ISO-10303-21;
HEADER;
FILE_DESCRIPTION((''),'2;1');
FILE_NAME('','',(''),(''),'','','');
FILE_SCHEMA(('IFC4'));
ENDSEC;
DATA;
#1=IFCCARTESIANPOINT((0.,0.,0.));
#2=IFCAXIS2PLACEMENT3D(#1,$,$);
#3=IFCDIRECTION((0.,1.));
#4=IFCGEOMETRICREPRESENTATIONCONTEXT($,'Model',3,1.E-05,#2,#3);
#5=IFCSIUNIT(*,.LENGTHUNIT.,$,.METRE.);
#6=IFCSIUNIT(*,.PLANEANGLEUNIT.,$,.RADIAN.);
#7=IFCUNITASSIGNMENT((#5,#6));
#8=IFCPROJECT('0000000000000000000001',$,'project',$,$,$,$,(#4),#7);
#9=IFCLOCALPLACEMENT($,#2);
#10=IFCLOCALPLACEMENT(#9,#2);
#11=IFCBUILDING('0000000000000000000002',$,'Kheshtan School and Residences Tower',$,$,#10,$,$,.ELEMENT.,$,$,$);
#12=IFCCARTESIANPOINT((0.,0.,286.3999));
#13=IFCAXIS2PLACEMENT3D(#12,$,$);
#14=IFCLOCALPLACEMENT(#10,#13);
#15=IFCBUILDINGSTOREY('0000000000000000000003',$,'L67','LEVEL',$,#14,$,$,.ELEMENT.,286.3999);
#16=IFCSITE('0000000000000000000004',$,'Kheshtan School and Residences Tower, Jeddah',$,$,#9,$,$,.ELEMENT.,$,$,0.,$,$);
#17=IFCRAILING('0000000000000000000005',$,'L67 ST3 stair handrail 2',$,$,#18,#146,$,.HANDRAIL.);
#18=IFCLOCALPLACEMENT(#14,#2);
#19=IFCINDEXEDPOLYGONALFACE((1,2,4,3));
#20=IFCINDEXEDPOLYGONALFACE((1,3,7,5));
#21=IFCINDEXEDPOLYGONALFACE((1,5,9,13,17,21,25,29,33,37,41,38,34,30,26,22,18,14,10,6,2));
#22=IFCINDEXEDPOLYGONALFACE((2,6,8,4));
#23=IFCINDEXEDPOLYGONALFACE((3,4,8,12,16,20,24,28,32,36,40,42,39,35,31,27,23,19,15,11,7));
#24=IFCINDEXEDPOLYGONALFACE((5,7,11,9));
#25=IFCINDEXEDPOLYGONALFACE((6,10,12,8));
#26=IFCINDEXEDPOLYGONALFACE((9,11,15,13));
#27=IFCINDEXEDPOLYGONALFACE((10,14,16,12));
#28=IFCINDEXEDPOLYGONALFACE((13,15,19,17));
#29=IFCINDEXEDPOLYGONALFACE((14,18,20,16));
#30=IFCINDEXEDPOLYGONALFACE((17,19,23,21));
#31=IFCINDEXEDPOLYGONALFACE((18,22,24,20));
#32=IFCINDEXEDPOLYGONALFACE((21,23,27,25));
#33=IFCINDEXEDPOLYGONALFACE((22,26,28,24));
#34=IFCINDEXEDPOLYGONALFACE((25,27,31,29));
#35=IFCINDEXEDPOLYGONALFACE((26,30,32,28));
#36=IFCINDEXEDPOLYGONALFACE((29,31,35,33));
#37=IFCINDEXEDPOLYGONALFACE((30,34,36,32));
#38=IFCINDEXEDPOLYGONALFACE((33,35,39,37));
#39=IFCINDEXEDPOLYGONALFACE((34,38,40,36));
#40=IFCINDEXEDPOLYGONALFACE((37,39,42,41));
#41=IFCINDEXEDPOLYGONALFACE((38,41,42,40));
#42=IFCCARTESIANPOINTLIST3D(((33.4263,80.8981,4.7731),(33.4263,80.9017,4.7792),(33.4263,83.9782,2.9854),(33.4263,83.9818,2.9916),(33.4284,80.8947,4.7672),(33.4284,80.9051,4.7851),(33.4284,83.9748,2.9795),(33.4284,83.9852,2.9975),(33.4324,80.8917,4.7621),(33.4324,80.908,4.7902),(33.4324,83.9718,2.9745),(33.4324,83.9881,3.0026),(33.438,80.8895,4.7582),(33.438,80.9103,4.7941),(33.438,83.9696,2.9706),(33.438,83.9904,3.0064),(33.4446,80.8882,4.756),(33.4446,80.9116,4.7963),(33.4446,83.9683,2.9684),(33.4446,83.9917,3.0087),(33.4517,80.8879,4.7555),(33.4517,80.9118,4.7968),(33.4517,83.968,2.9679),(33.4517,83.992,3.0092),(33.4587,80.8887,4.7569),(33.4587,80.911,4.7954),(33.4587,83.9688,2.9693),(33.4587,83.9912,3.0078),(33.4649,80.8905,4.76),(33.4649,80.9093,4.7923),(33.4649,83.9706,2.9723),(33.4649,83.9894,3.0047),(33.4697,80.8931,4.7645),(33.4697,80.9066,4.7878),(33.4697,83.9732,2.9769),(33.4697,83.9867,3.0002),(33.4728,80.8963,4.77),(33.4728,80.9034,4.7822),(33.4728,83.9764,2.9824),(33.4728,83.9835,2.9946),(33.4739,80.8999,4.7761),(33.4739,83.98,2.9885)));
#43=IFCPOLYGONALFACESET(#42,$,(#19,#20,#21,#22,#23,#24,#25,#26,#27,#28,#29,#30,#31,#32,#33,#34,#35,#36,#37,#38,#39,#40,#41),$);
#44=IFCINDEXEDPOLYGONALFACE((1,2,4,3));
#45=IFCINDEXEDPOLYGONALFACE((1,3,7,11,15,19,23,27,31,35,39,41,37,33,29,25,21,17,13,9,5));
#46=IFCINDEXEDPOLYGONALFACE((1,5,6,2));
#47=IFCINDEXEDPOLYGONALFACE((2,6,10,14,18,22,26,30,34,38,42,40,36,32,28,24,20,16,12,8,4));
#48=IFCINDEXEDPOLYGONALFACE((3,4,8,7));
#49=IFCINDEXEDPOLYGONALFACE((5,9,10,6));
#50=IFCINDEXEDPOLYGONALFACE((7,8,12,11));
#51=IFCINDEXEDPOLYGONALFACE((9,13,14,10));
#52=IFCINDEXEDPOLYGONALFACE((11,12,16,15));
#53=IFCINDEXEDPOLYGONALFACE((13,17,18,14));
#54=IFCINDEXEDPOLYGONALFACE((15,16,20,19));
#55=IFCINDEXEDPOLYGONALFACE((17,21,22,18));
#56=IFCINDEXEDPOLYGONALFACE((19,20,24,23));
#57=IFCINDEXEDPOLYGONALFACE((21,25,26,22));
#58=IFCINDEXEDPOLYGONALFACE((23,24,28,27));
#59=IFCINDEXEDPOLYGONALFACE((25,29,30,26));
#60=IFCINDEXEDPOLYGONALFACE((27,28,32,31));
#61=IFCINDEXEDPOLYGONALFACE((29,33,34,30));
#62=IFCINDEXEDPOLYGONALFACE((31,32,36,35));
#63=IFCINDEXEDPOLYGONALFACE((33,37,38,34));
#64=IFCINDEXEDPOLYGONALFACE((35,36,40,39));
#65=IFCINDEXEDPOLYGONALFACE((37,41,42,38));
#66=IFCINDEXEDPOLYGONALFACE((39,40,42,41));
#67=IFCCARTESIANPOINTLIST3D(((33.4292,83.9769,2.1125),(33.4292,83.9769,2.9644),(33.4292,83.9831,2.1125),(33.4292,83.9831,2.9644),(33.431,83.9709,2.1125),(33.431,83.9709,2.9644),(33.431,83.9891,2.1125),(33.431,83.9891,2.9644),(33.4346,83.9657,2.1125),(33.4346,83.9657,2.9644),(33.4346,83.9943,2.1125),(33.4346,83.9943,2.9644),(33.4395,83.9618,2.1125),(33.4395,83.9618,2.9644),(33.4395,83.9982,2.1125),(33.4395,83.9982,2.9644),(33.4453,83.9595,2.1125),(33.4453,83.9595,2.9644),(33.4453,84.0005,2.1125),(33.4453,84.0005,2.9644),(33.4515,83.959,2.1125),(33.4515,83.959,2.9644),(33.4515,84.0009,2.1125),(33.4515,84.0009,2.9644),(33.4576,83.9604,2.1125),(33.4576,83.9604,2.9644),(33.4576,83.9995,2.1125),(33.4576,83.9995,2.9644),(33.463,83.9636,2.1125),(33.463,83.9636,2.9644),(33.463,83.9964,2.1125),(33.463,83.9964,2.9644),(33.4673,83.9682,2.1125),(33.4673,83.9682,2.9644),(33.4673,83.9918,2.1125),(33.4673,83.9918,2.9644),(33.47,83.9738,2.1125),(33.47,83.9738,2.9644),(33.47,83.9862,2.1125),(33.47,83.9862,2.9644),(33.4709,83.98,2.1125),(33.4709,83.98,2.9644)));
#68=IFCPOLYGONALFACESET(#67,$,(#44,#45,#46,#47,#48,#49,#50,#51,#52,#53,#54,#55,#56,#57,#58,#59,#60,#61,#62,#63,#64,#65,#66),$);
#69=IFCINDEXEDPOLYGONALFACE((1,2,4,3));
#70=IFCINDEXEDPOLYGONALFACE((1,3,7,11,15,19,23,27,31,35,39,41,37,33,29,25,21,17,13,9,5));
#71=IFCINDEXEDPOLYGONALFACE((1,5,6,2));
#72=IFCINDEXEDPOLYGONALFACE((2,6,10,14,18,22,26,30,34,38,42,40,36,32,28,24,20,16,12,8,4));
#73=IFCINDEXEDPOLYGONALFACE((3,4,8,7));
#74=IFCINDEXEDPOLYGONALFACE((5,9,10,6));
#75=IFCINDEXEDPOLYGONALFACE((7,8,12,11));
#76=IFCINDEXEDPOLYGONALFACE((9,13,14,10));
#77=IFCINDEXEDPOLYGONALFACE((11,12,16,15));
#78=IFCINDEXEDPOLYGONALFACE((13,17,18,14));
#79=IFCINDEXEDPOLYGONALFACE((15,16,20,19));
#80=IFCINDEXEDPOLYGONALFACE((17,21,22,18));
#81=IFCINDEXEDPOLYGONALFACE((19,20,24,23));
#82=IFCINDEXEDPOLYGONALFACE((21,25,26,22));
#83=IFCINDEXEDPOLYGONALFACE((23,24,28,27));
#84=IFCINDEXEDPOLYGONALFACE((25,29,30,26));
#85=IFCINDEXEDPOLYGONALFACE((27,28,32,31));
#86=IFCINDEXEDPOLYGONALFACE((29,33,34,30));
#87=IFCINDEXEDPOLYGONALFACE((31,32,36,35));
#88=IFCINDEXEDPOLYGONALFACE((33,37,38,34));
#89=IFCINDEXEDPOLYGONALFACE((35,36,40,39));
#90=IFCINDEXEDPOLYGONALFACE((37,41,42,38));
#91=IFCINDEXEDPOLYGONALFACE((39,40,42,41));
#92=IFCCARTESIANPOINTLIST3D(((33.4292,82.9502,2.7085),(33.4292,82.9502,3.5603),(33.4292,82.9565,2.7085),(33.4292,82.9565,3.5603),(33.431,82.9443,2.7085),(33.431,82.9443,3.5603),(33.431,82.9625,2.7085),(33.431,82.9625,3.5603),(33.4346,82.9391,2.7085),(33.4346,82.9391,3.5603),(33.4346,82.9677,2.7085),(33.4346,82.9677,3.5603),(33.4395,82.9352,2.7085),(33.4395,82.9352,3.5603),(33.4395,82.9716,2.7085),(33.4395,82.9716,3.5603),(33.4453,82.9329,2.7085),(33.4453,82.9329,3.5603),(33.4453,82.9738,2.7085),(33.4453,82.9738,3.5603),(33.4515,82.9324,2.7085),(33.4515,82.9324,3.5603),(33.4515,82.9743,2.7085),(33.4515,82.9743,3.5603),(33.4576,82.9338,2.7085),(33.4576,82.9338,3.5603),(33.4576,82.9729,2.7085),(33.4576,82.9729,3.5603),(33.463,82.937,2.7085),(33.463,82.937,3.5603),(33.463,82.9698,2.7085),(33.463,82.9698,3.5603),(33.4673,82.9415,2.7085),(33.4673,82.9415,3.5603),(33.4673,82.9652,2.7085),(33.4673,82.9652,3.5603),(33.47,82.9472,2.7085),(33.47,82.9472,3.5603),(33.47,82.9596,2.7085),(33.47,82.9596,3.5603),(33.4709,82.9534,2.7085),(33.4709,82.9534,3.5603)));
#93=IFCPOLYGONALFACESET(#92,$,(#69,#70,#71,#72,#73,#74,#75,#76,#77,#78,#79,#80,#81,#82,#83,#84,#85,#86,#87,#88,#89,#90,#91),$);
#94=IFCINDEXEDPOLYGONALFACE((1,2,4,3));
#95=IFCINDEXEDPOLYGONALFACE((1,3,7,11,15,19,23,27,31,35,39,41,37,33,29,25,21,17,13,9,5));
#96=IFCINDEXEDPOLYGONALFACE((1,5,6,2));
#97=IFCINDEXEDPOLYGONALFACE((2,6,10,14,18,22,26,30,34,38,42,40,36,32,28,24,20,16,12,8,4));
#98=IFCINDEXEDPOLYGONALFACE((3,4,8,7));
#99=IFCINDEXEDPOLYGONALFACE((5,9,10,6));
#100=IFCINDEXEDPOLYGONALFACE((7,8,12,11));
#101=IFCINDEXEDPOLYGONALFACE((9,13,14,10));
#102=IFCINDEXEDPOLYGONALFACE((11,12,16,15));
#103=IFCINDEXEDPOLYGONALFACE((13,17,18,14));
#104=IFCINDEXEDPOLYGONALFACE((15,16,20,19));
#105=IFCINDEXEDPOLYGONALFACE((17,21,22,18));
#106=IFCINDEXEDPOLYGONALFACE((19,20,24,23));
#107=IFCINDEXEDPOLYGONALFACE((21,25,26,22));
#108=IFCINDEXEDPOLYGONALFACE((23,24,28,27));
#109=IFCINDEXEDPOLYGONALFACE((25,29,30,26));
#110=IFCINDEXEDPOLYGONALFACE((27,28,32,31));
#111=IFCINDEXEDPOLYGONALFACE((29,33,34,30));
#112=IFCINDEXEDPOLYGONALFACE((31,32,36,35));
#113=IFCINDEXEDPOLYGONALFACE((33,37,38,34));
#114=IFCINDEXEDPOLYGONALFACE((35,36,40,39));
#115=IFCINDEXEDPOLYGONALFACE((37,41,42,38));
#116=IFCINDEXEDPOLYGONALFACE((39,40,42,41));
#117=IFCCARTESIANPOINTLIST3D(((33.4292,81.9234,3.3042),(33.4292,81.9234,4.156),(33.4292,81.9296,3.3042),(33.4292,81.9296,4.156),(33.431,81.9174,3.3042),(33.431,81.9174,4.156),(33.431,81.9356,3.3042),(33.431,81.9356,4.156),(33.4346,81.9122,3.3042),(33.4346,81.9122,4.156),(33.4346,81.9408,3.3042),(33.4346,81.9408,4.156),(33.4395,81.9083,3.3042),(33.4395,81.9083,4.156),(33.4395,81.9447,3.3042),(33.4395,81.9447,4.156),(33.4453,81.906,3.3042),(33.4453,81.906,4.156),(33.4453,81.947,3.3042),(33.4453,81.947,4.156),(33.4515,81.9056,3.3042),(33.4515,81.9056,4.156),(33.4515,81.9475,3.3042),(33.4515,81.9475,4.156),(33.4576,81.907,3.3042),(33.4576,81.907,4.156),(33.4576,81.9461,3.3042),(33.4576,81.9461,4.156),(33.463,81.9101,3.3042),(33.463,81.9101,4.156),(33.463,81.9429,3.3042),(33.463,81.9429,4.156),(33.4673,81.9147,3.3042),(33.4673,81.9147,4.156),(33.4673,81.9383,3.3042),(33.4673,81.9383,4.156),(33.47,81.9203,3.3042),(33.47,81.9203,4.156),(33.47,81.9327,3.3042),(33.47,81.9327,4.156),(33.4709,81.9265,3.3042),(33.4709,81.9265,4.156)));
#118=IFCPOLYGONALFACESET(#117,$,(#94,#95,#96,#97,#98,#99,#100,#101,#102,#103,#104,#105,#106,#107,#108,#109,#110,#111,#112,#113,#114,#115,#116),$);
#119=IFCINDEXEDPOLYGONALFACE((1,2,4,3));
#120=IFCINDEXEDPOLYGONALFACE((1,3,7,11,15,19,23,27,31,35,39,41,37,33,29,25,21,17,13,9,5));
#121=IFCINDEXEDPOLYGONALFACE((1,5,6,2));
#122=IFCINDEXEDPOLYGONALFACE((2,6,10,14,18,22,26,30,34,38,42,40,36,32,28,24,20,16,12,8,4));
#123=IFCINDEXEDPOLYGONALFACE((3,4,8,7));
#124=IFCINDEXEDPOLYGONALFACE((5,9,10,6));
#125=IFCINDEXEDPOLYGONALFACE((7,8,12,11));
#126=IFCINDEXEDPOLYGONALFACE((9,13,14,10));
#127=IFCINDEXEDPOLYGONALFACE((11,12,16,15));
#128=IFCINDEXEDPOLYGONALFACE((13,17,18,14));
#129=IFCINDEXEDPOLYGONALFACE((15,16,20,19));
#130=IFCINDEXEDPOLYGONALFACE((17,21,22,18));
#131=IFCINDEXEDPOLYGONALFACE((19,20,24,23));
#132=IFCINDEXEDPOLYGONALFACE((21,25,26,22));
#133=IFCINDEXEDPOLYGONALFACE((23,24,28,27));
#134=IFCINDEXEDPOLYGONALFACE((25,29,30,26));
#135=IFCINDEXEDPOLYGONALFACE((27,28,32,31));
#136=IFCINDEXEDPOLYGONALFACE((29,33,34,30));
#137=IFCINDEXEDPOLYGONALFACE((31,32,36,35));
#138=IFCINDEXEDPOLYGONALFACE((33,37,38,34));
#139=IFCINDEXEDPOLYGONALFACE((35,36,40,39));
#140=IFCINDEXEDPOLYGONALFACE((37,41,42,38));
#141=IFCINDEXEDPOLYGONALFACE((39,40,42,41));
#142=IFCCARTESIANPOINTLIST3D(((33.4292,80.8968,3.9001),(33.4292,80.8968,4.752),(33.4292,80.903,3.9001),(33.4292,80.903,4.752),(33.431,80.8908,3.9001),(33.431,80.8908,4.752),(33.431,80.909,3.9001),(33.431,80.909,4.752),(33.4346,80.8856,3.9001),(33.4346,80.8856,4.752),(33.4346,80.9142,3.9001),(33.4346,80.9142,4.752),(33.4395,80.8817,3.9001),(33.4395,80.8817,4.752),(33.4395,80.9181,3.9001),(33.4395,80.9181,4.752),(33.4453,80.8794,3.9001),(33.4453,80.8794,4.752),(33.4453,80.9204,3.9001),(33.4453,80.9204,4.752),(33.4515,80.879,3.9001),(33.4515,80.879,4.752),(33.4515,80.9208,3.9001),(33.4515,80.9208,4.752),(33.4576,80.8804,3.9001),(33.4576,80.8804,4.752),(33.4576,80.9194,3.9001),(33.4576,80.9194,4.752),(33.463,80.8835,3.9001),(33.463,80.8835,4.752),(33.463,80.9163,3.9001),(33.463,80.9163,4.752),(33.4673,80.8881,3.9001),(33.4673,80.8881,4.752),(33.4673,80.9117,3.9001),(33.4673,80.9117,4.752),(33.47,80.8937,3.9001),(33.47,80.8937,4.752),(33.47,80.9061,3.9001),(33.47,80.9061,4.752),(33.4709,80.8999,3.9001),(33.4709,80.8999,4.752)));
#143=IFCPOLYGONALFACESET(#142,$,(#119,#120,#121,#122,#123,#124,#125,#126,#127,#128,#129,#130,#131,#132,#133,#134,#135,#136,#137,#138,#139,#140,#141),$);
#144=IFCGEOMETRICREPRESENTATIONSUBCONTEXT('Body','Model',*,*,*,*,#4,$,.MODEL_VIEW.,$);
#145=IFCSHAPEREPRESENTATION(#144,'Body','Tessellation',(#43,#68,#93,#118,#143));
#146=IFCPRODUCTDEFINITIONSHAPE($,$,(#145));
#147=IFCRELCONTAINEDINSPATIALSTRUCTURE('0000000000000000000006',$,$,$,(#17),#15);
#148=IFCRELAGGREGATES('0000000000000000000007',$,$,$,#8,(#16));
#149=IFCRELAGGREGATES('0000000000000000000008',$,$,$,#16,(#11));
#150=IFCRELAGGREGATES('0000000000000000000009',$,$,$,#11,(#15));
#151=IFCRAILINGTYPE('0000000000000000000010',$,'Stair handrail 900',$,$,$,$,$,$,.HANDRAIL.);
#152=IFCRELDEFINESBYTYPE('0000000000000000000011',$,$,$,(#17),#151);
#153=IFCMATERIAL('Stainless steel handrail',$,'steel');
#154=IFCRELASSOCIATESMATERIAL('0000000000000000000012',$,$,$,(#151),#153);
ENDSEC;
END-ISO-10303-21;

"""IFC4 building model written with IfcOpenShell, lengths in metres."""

from ifc_helpers import new_model, si_unit, direction, frame, origin, origin_2d, place, context, subcontext, project, spatial, circle, extrude, material, type_object, element, save


model = new_model("IFC4")

# Units and contexts
model_context = context("Model", 3, precision=1e-05, world=origin(), true_north=direction((0.0, 1.0)))
body_context = subcontext(model_context, "Body", "Model", "MODEL_VIEW")
ifc_project = project(units=[si_unit("LENGTHUNIT", "METRE"), si_unit("PLANEANGLEUNIT", "RADIAN")], contexts=[model_context])

# Site, building, storey
site_placement = place(None, origin())
site = spatial("IfcSite", under=ifc_project, at=site_placement, Name="Kheshtan School and Residences Tower, Jeddah", CompositionType="ELEMENT", RefElevation=0.0)
building_placement = place(site_placement, origin())
building = spatial("IfcBuilding", under=site, at=building_placement, Name="Kheshtan School and Residences Tower", CompositionType="ELEMENT")
storey_placement = place(building_placement, frame((0.0, 0.0, 286.3999)))
storey = spatial("IfcBuildingStorey", under=building, at=storey_placement, Name="L67", Description="LEVEL", CompositionType="ELEMENT", Elevation=286.3999)

# Railing
ifc_material_1 = material(Name="Stainless steel handrail", Category="steel")
railing_type_1 = type_object("IfcRailingType", Name="Stair handrail 900", PredefinedType="HANDRAIL", material=ifc_material_1)
railing_1_placement = place(storey_placement, frame((33.45, 83.98, 2.1125)))
element("IfcRailing", 1, at=railing_1_placement, inside=storey, type_object=railing_type_1, Name="L67 ST3 stair handrail 2", PredefinedType="HANDRAIL", context=body_context, shape_type="SweptSolid", body=[
    extrude(circle(Radius=0.0239, at=origin_2d()), frame((0.0, 0.0, 0.876), z_axis=(0.0, -0.864891, 0.50196), x_axis=(1.0, 0.0, 0.0)), (0.0, 0.0, 1.0), 3.5613),
    extrude(circle(Radius=0.021, at=origin_2d()), origin(), (0.0, 0.0, 1.0), 0.8518),
    extrude(circle(Radius=0.021, at=origin_2d()), frame((0.0, -1.0266, 0.5959)), (0.0, 0.0, 1.0), 0.8518),
    extrude(circle(Radius=0.021, at=origin_2d()), frame((0.0, -2.0535, 1.1917)), (0.0, 0.0, 1.0), 0.8518),
    extrude(circle(Radius=0.021, at=origin_2d()), frame((0.0, -3.0801, 1.7876)), (0.0, 0.0, 1.0), 0.8518),
])

save(model, "model.ifc")
